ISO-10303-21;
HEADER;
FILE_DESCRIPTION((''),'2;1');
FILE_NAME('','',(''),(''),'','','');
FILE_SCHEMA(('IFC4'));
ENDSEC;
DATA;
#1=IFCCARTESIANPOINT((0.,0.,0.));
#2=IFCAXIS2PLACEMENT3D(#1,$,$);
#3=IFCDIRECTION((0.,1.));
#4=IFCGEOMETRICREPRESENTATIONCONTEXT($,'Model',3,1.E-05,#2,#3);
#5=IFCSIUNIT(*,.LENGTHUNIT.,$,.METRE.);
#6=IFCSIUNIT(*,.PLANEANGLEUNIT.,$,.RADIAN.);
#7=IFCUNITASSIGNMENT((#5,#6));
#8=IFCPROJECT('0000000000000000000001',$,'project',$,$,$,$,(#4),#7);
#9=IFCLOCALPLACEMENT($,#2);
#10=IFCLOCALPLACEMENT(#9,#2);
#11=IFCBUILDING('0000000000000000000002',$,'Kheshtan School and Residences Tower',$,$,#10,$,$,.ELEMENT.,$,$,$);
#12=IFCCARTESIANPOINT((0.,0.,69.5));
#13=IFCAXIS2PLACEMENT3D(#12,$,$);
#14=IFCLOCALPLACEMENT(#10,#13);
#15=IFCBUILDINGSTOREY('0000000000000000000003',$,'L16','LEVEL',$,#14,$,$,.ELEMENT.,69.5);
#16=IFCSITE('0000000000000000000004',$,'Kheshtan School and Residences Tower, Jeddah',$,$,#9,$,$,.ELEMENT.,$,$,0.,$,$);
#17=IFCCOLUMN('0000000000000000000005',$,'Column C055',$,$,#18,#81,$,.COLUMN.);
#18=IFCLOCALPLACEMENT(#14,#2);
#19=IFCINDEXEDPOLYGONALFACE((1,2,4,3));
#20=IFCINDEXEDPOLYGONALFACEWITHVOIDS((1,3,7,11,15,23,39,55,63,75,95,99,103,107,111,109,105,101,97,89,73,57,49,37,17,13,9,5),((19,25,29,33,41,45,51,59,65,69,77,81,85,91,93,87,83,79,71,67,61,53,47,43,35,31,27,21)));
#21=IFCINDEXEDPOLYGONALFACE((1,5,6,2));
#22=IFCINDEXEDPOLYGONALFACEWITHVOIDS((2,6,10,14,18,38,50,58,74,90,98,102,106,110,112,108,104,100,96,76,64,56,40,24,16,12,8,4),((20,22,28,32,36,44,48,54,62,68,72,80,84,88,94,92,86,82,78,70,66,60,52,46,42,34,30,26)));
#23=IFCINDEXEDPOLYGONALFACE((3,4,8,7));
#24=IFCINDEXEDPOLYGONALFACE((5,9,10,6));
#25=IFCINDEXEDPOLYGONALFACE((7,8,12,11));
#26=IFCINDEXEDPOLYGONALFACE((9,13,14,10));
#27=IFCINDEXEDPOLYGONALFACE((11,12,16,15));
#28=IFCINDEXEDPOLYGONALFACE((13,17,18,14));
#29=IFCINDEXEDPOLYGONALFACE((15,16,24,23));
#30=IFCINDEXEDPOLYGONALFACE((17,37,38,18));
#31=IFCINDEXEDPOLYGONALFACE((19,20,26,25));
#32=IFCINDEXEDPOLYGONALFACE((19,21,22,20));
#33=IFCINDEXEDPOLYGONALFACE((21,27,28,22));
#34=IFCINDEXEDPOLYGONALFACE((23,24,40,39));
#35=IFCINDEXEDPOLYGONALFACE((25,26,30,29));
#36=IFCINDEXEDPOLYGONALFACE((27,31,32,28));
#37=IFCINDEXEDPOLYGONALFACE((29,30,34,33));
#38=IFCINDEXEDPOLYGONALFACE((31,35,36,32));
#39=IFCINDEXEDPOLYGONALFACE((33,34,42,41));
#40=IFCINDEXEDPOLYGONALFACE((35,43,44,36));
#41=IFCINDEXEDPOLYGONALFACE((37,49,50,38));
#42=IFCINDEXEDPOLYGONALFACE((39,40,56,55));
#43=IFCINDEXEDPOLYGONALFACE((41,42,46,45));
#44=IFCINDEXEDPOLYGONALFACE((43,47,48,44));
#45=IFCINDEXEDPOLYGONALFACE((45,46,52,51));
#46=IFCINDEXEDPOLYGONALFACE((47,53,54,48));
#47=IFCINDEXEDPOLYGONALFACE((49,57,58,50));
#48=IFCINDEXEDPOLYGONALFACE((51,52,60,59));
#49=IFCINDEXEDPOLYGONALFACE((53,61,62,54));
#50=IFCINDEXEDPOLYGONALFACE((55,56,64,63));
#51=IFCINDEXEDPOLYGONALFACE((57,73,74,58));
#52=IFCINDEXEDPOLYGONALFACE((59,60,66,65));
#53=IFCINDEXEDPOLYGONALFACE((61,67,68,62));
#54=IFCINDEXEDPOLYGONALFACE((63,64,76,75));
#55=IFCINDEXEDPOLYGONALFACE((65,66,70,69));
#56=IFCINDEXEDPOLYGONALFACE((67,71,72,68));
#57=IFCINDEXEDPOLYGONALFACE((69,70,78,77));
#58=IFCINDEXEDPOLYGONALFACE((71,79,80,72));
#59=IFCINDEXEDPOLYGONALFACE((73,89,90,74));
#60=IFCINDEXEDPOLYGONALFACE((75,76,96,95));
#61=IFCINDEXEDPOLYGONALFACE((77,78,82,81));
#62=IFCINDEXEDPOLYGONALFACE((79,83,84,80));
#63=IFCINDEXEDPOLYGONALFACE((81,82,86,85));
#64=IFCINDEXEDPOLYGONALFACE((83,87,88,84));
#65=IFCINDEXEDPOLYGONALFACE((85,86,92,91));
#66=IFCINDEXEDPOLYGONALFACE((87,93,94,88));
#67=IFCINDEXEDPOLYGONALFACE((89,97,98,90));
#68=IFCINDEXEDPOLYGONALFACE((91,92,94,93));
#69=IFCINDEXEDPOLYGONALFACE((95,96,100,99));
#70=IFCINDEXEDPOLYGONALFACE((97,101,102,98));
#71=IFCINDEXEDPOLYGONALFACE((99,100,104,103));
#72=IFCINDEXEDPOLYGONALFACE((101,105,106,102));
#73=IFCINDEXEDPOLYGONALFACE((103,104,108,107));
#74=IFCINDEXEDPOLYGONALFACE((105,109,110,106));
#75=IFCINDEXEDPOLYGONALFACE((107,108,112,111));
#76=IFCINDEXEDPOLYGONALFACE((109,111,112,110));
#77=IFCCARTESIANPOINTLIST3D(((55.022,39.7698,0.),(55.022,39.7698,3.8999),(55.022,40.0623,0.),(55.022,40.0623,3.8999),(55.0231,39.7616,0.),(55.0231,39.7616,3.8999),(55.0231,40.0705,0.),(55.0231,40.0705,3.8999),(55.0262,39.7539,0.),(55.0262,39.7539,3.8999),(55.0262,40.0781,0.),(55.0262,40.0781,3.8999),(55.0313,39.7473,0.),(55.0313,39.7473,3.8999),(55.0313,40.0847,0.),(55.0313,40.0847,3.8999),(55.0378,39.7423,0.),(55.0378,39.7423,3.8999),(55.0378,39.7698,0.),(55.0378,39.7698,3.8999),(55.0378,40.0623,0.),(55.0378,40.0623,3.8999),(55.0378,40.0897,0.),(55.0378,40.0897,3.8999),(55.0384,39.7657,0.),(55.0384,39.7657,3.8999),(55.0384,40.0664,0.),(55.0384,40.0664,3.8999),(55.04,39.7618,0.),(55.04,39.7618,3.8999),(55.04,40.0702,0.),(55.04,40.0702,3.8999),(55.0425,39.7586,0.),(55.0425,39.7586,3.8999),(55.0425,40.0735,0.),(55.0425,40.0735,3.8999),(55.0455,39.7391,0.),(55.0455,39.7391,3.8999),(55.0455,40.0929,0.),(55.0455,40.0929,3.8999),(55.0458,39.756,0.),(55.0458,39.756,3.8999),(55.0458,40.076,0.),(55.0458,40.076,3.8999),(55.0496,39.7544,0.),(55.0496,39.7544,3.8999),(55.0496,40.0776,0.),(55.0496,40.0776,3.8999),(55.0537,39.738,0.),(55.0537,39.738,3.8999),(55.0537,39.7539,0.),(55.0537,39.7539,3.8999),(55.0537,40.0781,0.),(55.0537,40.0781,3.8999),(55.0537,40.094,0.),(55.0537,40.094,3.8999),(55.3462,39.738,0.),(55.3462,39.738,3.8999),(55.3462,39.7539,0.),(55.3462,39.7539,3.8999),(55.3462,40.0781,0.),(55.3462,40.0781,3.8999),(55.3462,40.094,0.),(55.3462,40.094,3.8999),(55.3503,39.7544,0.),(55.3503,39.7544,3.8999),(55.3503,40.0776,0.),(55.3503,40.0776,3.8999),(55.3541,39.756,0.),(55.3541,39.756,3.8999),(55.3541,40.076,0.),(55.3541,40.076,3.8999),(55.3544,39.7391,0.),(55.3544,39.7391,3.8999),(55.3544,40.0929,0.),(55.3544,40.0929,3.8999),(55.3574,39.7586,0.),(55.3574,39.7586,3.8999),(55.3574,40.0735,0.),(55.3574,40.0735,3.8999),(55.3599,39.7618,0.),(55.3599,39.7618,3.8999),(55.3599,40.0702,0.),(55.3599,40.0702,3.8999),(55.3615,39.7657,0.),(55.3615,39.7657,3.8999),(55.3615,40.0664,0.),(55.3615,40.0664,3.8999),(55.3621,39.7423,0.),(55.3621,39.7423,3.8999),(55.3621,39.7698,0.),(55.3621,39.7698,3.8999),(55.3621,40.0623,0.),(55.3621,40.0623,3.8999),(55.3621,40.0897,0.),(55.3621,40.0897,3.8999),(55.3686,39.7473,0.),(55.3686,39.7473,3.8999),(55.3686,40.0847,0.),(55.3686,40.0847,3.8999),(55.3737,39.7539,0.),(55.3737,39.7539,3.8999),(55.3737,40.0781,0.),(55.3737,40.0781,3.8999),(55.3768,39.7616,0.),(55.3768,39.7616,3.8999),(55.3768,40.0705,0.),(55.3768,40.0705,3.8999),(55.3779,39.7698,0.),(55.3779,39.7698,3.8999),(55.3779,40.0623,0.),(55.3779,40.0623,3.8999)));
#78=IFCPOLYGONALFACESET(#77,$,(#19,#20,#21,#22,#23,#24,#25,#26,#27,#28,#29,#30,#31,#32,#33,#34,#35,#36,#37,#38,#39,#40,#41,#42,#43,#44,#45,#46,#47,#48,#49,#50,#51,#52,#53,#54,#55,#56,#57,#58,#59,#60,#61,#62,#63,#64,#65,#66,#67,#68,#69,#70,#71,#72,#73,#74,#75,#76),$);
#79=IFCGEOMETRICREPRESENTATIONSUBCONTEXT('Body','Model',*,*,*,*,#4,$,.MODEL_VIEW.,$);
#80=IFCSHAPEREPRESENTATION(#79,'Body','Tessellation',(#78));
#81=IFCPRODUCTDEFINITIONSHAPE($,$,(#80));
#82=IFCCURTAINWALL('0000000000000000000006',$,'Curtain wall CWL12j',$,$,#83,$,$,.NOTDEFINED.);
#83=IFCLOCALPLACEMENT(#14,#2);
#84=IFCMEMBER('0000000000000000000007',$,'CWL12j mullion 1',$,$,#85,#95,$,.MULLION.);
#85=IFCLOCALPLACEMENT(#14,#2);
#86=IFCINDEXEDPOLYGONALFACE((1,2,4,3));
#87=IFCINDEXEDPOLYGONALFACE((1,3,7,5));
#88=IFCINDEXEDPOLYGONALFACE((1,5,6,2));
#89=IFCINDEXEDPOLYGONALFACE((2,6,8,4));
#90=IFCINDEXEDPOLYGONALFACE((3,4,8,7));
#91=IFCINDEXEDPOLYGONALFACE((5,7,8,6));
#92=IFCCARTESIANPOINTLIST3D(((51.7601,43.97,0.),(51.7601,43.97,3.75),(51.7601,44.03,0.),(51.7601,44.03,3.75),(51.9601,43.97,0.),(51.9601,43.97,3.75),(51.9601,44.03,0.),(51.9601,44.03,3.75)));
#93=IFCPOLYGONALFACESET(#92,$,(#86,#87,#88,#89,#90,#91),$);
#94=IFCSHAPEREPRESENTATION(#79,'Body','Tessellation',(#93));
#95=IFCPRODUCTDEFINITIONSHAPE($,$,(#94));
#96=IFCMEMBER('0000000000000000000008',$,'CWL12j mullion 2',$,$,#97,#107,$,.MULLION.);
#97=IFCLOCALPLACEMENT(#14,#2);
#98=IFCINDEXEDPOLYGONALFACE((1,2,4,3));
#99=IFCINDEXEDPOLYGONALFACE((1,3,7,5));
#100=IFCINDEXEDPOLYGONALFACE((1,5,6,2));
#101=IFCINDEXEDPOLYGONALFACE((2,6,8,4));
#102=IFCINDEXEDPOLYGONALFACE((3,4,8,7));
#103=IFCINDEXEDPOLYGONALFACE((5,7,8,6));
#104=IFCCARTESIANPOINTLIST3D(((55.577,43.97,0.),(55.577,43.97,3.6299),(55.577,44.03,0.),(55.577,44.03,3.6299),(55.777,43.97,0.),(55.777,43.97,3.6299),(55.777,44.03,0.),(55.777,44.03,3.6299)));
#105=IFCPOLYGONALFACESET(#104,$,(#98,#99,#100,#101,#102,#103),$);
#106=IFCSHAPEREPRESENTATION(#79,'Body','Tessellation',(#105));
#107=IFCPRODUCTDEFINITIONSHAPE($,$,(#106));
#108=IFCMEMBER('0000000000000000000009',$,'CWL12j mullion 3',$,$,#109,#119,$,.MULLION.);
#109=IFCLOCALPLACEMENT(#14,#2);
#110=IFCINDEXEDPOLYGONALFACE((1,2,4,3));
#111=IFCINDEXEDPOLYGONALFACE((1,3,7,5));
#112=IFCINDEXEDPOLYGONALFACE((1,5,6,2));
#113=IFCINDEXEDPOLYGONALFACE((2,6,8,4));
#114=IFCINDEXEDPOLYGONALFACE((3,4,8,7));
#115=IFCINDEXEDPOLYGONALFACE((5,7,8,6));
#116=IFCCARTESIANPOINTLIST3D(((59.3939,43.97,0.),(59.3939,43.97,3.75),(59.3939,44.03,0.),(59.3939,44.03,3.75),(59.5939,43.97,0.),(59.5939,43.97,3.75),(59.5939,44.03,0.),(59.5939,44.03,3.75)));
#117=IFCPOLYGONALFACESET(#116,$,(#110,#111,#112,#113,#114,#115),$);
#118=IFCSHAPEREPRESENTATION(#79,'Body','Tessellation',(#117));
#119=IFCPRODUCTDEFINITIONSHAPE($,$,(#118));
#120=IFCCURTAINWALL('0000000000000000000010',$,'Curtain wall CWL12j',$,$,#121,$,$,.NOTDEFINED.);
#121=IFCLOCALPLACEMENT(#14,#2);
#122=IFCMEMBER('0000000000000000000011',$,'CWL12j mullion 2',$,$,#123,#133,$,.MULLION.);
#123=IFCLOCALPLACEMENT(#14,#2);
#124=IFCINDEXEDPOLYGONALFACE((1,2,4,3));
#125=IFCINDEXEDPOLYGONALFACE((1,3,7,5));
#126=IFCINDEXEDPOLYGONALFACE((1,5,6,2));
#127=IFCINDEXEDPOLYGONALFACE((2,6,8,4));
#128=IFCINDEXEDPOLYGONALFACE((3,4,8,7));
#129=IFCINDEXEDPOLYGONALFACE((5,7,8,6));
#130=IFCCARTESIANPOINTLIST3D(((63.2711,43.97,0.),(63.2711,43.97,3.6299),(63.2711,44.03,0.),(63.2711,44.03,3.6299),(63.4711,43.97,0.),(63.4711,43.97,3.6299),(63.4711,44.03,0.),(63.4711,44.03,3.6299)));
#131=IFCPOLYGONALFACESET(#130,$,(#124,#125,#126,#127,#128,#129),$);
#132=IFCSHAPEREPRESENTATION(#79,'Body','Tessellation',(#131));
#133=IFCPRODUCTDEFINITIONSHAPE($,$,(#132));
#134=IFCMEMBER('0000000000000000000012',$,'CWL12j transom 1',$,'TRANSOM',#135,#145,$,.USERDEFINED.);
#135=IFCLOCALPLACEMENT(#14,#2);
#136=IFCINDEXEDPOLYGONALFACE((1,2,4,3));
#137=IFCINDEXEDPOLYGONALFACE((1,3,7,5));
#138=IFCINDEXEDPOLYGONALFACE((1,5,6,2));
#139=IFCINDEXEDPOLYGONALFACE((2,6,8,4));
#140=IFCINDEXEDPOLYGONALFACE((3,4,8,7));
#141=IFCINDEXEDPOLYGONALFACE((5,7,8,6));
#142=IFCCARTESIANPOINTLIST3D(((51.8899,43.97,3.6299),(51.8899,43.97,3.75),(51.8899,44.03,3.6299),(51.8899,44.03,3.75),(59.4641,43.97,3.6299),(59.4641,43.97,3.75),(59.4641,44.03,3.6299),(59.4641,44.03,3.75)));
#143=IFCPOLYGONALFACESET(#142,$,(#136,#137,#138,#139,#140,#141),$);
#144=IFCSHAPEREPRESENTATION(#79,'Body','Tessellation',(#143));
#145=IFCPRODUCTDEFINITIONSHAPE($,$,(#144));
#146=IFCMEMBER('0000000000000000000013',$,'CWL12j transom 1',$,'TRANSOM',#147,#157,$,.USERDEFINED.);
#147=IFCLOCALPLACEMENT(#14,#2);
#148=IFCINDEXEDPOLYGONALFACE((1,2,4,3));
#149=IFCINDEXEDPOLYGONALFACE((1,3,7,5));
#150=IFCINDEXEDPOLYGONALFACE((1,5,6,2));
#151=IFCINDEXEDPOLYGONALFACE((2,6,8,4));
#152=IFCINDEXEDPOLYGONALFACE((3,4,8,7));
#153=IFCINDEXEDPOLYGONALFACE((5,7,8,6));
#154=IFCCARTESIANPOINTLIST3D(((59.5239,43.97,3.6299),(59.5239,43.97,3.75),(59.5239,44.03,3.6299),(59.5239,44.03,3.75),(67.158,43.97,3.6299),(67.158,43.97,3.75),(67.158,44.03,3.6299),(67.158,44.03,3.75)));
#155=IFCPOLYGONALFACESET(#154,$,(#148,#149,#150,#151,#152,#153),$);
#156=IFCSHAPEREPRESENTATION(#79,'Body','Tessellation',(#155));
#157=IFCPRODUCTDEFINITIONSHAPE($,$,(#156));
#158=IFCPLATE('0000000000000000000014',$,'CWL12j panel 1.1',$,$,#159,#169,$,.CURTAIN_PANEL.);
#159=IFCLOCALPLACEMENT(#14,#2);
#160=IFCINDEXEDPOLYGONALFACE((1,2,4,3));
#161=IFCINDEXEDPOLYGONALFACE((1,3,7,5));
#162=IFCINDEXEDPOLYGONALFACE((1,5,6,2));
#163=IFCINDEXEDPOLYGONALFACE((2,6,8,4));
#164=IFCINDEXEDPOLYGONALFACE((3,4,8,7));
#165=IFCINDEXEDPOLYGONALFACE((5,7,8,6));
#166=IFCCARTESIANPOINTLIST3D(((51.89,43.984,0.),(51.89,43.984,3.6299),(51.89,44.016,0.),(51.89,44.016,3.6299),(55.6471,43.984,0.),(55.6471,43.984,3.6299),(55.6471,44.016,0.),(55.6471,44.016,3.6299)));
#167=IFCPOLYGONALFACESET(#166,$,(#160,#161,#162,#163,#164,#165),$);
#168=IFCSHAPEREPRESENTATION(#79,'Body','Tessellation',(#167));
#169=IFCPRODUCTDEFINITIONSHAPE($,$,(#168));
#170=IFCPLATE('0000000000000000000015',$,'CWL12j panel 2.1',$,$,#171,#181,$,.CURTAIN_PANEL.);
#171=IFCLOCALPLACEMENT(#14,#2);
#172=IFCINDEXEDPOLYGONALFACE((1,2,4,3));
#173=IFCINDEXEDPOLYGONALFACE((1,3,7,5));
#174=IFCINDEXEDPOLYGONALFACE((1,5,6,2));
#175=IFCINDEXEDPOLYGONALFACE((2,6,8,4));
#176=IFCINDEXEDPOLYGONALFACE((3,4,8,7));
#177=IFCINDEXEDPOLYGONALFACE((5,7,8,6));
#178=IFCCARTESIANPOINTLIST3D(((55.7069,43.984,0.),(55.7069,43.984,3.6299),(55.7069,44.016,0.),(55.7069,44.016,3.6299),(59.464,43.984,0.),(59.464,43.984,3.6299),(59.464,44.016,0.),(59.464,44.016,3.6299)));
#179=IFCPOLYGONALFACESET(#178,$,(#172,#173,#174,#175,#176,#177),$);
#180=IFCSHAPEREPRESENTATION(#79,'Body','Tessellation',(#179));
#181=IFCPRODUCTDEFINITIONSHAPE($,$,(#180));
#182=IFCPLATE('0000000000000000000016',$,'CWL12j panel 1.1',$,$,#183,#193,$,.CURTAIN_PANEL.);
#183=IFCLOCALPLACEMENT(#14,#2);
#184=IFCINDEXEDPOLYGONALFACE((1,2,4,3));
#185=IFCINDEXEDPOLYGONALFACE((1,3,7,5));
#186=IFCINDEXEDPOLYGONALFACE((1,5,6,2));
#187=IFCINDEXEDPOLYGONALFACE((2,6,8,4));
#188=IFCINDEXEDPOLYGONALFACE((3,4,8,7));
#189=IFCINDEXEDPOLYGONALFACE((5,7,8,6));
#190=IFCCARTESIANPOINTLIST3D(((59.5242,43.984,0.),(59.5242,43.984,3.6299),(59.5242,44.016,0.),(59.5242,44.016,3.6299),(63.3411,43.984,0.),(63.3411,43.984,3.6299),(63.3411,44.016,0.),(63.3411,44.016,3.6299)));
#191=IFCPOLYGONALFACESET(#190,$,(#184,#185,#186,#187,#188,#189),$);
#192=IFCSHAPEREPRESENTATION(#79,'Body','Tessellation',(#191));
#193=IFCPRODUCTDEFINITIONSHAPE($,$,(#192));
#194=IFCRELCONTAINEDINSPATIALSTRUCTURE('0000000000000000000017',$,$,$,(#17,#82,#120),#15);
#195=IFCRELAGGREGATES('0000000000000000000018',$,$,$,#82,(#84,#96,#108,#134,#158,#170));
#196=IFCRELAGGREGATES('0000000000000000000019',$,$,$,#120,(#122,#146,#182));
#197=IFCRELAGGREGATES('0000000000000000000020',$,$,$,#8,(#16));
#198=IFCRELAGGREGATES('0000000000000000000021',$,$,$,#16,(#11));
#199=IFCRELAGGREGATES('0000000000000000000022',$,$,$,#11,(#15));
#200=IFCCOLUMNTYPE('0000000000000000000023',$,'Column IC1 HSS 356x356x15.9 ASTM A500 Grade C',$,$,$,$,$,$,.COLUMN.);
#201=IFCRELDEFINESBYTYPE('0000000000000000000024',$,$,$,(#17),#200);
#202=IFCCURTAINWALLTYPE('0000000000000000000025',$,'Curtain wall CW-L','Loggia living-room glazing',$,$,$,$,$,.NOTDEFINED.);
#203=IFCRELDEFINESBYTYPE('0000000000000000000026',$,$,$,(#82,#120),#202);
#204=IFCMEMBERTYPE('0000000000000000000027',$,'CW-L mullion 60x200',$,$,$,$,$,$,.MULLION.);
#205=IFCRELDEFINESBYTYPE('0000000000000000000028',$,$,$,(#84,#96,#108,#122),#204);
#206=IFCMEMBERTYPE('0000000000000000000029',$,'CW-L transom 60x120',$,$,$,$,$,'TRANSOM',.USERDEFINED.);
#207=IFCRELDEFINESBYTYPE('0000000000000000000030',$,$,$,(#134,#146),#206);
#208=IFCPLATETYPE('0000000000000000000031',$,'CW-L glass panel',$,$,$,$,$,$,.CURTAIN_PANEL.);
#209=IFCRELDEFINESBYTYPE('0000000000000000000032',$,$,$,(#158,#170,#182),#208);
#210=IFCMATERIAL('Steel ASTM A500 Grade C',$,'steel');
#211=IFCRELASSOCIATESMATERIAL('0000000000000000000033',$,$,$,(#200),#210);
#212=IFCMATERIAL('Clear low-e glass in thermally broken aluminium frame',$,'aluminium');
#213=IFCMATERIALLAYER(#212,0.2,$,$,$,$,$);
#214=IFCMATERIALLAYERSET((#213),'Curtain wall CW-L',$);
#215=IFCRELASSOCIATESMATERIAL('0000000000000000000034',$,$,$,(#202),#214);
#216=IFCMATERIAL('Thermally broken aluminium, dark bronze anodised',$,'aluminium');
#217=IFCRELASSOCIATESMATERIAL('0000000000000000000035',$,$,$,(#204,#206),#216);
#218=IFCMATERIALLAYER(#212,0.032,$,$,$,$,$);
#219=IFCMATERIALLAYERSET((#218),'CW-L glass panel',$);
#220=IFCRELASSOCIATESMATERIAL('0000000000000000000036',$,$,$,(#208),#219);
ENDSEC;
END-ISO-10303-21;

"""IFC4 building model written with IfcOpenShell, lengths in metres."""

from ifc_helpers import new_model, si_unit, direction, frame, origin, origin_2d, place, context, subcontext, project, spatial, rectangle, hollow_rectangle, extrude, material, layer, layer_set, material_profile, profile_set, type_object, element, aggregate, save


model = new_model("IFC4")

# Units and contexts
model_context = context("Model", 3, precision=1e-05, world=origin(), true_north=direction((0.0, 1.0)))
body_context = subcontext(model_context, "Body", "Model", "MODEL_VIEW")
ifc_project = project(units=[si_unit("LENGTHUNIT", "METRE"), si_unit("PLANEANGLEUNIT", "RADIAN")], contexts=[model_context])

# Site, building, storey
site_placement = place(None, origin())
site = spatial("IfcSite", under=ifc_project, at=site_placement, Name="Kheshtan School and Residences Tower, Jeddah", CompositionType="ELEMENT", RefElevation=0.0)
building_placement = place(site_placement, origin())
building = spatial("IfcBuilding", under=site, at=building_placement, Name="Kheshtan School and Residences Tower", CompositionType="ELEMENT")
storey_placement = place(building_placement, frame((0.0, 0.0, 69.5)))
storey = spatial("IfcBuildingStorey", under=building, at=storey_placement, Name="L16", Description="LEVEL", CompositionType="ELEMENT", Elevation=69.5)

# Column
ifc_material_1 = material(Name="Steel ASTM A500 Grade C", Category="steel")
ifc_material_profile_1 = material_profile(ifc_material_1, hollow_rectangle(XDim=0.356, YDim=0.356, WallThickness=0.0159, InnerFilletRadius=0.0159, OuterFilletRadius=0.0317, at=origin_2d()), Name="HSS 356x356x15.9")
ifc_profile_set_1 = profile_set([ifc_material_profile_1], Name="Steel ASTM A500 Grade C")
column_type = type_object("IfcColumnType", Name="Column IC1 HSS 356x356x15.9 ASTM A500 Grade C", PredefinedType="COLUMN", material=ifc_profile_set_1)
column_placement = place(storey_placement, frame((55.2, 39.916, 0.0), z_axis=(0.0, 0.0, 1.0), x_axis=(1.0, 0.0, 0.0)))
element("IfcColumn", 1, at=column_placement, inside=storey, type_object=column_type, Name="Column C055", PredefinedType="COLUMN", context=body_context, shape_type="SweptSolid", body=[
    extrude(hollow_rectangle(XDim=0.356, YDim=0.356, WallThickness=0.0159, InnerFilletRadius=0.0159, OuterFilletRadius=0.0317, at=origin_2d()), origin(), (0.0, 0.0, 1.0), 3.8999),
])

# Curtain wall, members
ifc_material_2 = material(Name="Clear low-e glass in thermally broken aluminium frame", Category="aluminium")
ifc_layer_1 = layer(ifc_material_2, 0.2)
ifc_layer_set_1 = layer_set([ifc_layer_1], Name="Curtain wall CW-L")
curtain_wall_type = type_object("IfcCurtainWallType", Name="Curtain wall CW-L", Description="Loggia living-room glazing", PredefinedType="NOTDEFINED", material=ifc_layer_set_1)
curtain_wall_1_placement = place(storey_placement, origin())
curtain_wall_1 = element("IfcCurtainWall", 2, at=curtain_wall_1_placement, inside=storey, type_object=curtain_wall_type, Name="Curtain wall CWL12j", PredefinedType="NOTDEFINED")
ifc_material_3 = material(Name="Thermally broken aluminium, dark bronze anodised", Category="aluminium")
ifc_material_profile_2 = material_profile(ifc_material_3, rectangle(XDim=0.0601, YDim=0.2, at=origin_2d()), Name="CW-L mullion 60x200")
ifc_profile_set_2 = profile_set([ifc_material_profile_2], Name="Thermally broken aluminium, dark bronze anodised")
member_type_1 = type_object("IfcMemberType", Name="CW-L mullion 60x200", PredefinedType="MULLION", material=ifc_profile_set_2)
member_1_placement = place(storey_placement, frame((51.8601, 44.0, 0.0), z_axis=(0.0, 0.0, 1.0), x_axis=(0.0, 1.0, 0.0)))
member_1 = element("IfcMember", 3, at=member_1_placement, type_object=member_type_1, Name="CWL12j mullion 1", PredefinedType="MULLION", context=body_context, shape_type="SweptSolid", body=[
    extrude(rectangle(XDim=0.0601, YDim=0.2, at=origin_2d()), origin(), (0.0, 0.0, 1.0), 3.75),
])
member_2_placement = place(storey_placement, frame((55.677, 44.0, 0.0), z_axis=(0.0, 0.0, 1.0), x_axis=(0.0, 1.0, 0.0)))
member_2 = element("IfcMember", 4, at=member_2_placement, type_object=member_type_1, Name="CWL12j mullion 2", PredefinedType="MULLION", context=body_context, shape_type="SweptSolid", body=[
    extrude(rectangle(XDim=0.0601, YDim=0.2, at=origin_2d()), origin(), (0.0, 0.0, 1.0), 3.6299),
])
member_3_placement = place(storey_placement, frame((59.4939, 44.0, 0.0), z_axis=(0.0, 0.0, 1.0), x_axis=(0.0, 1.0, 0.0)))
member_3 = element("IfcMember", 5, at=member_3_placement, type_object=member_type_1, Name="CWL12j mullion 3", PredefinedType="MULLION", context=body_context, shape_type="SweptSolid", body=[
    extrude(rectangle(XDim=0.0601, YDim=0.2, at=origin_2d()), origin(), (0.0, 0.0, 1.0), 3.75),
])

# Curtain wall, member
curtain_wall_2_placement = place(storey_placement, origin())
curtain_wall_2 = element("IfcCurtainWall", 6, at=curtain_wall_2_placement, inside=storey, type_object=curtain_wall_type, Name="Curtain wall CWL12j", PredefinedType="NOTDEFINED")
member_4_placement = place(storey_placement, frame((63.3711, 44.0, 0.0), z_axis=(0.0, 0.0, 1.0), x_axis=(0.0, 1.0, 0.0)))
member_4 = element("IfcMember", 7, at=member_4_placement, type_object=member_type_1, Name="CWL12j mullion 2", PredefinedType="MULLION", context=body_context, shape_type="SweptSolid", body=[
    extrude(rectangle(XDim=0.0601, YDim=0.2, at=origin_2d()), origin(), (0.0, 0.0, 1.0), 3.6299),
])

# Members
ifc_material_profile_3 = material_profile(ifc_material_3, rectangle(XDim=0.0601, YDim=0.1201, at=origin_2d()), Name="CW-L transom 60x120")
ifc_profile_set_3 = profile_set([ifc_material_profile_3], Name="Thermally broken aluminium, dark bronze anodised")
member_type_2 = type_object("IfcMemberType", Name="CW-L transom 60x120", ElementType="TRANSOM", PredefinedType="USERDEFINED", material=ifc_profile_set_3)
member_5_placement = place(storey_placement, frame((51.8899, 44.0, 3.6899), z_axis=(1.0, 0.0, 0.0), x_axis=(0.0, 1.0, 0.0)))
member_5 = element("IfcMember", 8, at=member_5_placement, type_object=member_type_2, Name="CWL12j transom 1", ObjectType="TRANSOM", PredefinedType="USERDEFINED", context=body_context, shape_type="SweptSolid", body=[
    extrude(rectangle(XDim=0.0601, YDim=0.1201, at=origin_2d()), origin(), (0.0, 0.0, 1.0), 7.5742),
])
member_6_placement = place(storey_placement, frame((59.5239, 44.0, 3.6899), z_axis=(1.0, 0.0, 0.0), x_axis=(0.0, 1.0, 0.0)))
member_6 = element("IfcMember", 9, at=member_6_placement, type_object=member_type_2, Name="CWL12j transom 1", ObjectType="TRANSOM", PredefinedType="USERDEFINED", context=body_context, shape_type="SweptSolid", body=[
    extrude(rectangle(XDim=0.0601, YDim=0.1201, at=origin_2d()), origin(), (0.0, 0.0, 1.0), 7.634),
])

# Plates
ifc_layer_2 = layer(ifc_material_2, 0.032)
ifc_layer_set_2 = layer_set([ifc_layer_2], Name="CW-L glass panel")
plate_type = type_object("IfcPlateType", Name="CW-L glass panel", PredefinedType="CURTAIN_PANEL", material=ifc_layer_set_2)
plate_1_placement = place(storey_placement, frame((53.7686, 44.0, 0.0), z_axis=(0.0, 0.0, 1.0), x_axis=(1.0, 0.0, 0.0)))
plate_1 = element("IfcPlate", 10, at=plate_1_placement, type_object=plate_type, Name="CWL12j panel 1.1", PredefinedType="CURTAIN_PANEL", context=body_context, shape_type="SweptSolid", body=[
    extrude(rectangle(XDim=3.7571, YDim=0.032, at=origin_2d()), origin(), (0.0, 0.0, 1.0), 3.6299),
])
plate_2_placement = place(storey_placement, frame((57.5854, 44.0, 0.0), z_axis=(0.0, 0.0, 1.0), x_axis=(1.0, 0.0, 0.0)))
plate_2 = element("IfcPlate", 11, at=plate_2_placement, type_object=plate_type, Name="CWL12j panel 2.1", PredefinedType="CURTAIN_PANEL", context=body_context, shape_type="SweptSolid", body=[
    extrude(rectangle(XDim=3.7571, YDim=0.032, at=origin_2d()), origin(), (0.0, 0.0, 1.0), 3.6299),
])
aggregate(curtain_wall_1, [member_1, member_2, member_3, member_5, plate_1, plate_2])
plate_3_placement = place(storey_placement, frame((61.4326, 44.0, 0.0), z_axis=(0.0, 0.0, 1.0), x_axis=(1.0, 0.0, 0.0)))
plate_3 = element("IfcPlate", 12, at=plate_3_placement, type_object=plate_type, Name="CWL12j panel 1.1", PredefinedType="CURTAIN_PANEL", context=body_context, shape_type="SweptSolid", body=[
    extrude(rectangle(XDim=3.8169, YDim=0.032, at=origin_2d()), origin(), (0.0, 0.0, 1.0), 3.6299),
])
aggregate(curtain_wall_2, [member_4, member_6, plate_3])

save(model, "model.ifc")
